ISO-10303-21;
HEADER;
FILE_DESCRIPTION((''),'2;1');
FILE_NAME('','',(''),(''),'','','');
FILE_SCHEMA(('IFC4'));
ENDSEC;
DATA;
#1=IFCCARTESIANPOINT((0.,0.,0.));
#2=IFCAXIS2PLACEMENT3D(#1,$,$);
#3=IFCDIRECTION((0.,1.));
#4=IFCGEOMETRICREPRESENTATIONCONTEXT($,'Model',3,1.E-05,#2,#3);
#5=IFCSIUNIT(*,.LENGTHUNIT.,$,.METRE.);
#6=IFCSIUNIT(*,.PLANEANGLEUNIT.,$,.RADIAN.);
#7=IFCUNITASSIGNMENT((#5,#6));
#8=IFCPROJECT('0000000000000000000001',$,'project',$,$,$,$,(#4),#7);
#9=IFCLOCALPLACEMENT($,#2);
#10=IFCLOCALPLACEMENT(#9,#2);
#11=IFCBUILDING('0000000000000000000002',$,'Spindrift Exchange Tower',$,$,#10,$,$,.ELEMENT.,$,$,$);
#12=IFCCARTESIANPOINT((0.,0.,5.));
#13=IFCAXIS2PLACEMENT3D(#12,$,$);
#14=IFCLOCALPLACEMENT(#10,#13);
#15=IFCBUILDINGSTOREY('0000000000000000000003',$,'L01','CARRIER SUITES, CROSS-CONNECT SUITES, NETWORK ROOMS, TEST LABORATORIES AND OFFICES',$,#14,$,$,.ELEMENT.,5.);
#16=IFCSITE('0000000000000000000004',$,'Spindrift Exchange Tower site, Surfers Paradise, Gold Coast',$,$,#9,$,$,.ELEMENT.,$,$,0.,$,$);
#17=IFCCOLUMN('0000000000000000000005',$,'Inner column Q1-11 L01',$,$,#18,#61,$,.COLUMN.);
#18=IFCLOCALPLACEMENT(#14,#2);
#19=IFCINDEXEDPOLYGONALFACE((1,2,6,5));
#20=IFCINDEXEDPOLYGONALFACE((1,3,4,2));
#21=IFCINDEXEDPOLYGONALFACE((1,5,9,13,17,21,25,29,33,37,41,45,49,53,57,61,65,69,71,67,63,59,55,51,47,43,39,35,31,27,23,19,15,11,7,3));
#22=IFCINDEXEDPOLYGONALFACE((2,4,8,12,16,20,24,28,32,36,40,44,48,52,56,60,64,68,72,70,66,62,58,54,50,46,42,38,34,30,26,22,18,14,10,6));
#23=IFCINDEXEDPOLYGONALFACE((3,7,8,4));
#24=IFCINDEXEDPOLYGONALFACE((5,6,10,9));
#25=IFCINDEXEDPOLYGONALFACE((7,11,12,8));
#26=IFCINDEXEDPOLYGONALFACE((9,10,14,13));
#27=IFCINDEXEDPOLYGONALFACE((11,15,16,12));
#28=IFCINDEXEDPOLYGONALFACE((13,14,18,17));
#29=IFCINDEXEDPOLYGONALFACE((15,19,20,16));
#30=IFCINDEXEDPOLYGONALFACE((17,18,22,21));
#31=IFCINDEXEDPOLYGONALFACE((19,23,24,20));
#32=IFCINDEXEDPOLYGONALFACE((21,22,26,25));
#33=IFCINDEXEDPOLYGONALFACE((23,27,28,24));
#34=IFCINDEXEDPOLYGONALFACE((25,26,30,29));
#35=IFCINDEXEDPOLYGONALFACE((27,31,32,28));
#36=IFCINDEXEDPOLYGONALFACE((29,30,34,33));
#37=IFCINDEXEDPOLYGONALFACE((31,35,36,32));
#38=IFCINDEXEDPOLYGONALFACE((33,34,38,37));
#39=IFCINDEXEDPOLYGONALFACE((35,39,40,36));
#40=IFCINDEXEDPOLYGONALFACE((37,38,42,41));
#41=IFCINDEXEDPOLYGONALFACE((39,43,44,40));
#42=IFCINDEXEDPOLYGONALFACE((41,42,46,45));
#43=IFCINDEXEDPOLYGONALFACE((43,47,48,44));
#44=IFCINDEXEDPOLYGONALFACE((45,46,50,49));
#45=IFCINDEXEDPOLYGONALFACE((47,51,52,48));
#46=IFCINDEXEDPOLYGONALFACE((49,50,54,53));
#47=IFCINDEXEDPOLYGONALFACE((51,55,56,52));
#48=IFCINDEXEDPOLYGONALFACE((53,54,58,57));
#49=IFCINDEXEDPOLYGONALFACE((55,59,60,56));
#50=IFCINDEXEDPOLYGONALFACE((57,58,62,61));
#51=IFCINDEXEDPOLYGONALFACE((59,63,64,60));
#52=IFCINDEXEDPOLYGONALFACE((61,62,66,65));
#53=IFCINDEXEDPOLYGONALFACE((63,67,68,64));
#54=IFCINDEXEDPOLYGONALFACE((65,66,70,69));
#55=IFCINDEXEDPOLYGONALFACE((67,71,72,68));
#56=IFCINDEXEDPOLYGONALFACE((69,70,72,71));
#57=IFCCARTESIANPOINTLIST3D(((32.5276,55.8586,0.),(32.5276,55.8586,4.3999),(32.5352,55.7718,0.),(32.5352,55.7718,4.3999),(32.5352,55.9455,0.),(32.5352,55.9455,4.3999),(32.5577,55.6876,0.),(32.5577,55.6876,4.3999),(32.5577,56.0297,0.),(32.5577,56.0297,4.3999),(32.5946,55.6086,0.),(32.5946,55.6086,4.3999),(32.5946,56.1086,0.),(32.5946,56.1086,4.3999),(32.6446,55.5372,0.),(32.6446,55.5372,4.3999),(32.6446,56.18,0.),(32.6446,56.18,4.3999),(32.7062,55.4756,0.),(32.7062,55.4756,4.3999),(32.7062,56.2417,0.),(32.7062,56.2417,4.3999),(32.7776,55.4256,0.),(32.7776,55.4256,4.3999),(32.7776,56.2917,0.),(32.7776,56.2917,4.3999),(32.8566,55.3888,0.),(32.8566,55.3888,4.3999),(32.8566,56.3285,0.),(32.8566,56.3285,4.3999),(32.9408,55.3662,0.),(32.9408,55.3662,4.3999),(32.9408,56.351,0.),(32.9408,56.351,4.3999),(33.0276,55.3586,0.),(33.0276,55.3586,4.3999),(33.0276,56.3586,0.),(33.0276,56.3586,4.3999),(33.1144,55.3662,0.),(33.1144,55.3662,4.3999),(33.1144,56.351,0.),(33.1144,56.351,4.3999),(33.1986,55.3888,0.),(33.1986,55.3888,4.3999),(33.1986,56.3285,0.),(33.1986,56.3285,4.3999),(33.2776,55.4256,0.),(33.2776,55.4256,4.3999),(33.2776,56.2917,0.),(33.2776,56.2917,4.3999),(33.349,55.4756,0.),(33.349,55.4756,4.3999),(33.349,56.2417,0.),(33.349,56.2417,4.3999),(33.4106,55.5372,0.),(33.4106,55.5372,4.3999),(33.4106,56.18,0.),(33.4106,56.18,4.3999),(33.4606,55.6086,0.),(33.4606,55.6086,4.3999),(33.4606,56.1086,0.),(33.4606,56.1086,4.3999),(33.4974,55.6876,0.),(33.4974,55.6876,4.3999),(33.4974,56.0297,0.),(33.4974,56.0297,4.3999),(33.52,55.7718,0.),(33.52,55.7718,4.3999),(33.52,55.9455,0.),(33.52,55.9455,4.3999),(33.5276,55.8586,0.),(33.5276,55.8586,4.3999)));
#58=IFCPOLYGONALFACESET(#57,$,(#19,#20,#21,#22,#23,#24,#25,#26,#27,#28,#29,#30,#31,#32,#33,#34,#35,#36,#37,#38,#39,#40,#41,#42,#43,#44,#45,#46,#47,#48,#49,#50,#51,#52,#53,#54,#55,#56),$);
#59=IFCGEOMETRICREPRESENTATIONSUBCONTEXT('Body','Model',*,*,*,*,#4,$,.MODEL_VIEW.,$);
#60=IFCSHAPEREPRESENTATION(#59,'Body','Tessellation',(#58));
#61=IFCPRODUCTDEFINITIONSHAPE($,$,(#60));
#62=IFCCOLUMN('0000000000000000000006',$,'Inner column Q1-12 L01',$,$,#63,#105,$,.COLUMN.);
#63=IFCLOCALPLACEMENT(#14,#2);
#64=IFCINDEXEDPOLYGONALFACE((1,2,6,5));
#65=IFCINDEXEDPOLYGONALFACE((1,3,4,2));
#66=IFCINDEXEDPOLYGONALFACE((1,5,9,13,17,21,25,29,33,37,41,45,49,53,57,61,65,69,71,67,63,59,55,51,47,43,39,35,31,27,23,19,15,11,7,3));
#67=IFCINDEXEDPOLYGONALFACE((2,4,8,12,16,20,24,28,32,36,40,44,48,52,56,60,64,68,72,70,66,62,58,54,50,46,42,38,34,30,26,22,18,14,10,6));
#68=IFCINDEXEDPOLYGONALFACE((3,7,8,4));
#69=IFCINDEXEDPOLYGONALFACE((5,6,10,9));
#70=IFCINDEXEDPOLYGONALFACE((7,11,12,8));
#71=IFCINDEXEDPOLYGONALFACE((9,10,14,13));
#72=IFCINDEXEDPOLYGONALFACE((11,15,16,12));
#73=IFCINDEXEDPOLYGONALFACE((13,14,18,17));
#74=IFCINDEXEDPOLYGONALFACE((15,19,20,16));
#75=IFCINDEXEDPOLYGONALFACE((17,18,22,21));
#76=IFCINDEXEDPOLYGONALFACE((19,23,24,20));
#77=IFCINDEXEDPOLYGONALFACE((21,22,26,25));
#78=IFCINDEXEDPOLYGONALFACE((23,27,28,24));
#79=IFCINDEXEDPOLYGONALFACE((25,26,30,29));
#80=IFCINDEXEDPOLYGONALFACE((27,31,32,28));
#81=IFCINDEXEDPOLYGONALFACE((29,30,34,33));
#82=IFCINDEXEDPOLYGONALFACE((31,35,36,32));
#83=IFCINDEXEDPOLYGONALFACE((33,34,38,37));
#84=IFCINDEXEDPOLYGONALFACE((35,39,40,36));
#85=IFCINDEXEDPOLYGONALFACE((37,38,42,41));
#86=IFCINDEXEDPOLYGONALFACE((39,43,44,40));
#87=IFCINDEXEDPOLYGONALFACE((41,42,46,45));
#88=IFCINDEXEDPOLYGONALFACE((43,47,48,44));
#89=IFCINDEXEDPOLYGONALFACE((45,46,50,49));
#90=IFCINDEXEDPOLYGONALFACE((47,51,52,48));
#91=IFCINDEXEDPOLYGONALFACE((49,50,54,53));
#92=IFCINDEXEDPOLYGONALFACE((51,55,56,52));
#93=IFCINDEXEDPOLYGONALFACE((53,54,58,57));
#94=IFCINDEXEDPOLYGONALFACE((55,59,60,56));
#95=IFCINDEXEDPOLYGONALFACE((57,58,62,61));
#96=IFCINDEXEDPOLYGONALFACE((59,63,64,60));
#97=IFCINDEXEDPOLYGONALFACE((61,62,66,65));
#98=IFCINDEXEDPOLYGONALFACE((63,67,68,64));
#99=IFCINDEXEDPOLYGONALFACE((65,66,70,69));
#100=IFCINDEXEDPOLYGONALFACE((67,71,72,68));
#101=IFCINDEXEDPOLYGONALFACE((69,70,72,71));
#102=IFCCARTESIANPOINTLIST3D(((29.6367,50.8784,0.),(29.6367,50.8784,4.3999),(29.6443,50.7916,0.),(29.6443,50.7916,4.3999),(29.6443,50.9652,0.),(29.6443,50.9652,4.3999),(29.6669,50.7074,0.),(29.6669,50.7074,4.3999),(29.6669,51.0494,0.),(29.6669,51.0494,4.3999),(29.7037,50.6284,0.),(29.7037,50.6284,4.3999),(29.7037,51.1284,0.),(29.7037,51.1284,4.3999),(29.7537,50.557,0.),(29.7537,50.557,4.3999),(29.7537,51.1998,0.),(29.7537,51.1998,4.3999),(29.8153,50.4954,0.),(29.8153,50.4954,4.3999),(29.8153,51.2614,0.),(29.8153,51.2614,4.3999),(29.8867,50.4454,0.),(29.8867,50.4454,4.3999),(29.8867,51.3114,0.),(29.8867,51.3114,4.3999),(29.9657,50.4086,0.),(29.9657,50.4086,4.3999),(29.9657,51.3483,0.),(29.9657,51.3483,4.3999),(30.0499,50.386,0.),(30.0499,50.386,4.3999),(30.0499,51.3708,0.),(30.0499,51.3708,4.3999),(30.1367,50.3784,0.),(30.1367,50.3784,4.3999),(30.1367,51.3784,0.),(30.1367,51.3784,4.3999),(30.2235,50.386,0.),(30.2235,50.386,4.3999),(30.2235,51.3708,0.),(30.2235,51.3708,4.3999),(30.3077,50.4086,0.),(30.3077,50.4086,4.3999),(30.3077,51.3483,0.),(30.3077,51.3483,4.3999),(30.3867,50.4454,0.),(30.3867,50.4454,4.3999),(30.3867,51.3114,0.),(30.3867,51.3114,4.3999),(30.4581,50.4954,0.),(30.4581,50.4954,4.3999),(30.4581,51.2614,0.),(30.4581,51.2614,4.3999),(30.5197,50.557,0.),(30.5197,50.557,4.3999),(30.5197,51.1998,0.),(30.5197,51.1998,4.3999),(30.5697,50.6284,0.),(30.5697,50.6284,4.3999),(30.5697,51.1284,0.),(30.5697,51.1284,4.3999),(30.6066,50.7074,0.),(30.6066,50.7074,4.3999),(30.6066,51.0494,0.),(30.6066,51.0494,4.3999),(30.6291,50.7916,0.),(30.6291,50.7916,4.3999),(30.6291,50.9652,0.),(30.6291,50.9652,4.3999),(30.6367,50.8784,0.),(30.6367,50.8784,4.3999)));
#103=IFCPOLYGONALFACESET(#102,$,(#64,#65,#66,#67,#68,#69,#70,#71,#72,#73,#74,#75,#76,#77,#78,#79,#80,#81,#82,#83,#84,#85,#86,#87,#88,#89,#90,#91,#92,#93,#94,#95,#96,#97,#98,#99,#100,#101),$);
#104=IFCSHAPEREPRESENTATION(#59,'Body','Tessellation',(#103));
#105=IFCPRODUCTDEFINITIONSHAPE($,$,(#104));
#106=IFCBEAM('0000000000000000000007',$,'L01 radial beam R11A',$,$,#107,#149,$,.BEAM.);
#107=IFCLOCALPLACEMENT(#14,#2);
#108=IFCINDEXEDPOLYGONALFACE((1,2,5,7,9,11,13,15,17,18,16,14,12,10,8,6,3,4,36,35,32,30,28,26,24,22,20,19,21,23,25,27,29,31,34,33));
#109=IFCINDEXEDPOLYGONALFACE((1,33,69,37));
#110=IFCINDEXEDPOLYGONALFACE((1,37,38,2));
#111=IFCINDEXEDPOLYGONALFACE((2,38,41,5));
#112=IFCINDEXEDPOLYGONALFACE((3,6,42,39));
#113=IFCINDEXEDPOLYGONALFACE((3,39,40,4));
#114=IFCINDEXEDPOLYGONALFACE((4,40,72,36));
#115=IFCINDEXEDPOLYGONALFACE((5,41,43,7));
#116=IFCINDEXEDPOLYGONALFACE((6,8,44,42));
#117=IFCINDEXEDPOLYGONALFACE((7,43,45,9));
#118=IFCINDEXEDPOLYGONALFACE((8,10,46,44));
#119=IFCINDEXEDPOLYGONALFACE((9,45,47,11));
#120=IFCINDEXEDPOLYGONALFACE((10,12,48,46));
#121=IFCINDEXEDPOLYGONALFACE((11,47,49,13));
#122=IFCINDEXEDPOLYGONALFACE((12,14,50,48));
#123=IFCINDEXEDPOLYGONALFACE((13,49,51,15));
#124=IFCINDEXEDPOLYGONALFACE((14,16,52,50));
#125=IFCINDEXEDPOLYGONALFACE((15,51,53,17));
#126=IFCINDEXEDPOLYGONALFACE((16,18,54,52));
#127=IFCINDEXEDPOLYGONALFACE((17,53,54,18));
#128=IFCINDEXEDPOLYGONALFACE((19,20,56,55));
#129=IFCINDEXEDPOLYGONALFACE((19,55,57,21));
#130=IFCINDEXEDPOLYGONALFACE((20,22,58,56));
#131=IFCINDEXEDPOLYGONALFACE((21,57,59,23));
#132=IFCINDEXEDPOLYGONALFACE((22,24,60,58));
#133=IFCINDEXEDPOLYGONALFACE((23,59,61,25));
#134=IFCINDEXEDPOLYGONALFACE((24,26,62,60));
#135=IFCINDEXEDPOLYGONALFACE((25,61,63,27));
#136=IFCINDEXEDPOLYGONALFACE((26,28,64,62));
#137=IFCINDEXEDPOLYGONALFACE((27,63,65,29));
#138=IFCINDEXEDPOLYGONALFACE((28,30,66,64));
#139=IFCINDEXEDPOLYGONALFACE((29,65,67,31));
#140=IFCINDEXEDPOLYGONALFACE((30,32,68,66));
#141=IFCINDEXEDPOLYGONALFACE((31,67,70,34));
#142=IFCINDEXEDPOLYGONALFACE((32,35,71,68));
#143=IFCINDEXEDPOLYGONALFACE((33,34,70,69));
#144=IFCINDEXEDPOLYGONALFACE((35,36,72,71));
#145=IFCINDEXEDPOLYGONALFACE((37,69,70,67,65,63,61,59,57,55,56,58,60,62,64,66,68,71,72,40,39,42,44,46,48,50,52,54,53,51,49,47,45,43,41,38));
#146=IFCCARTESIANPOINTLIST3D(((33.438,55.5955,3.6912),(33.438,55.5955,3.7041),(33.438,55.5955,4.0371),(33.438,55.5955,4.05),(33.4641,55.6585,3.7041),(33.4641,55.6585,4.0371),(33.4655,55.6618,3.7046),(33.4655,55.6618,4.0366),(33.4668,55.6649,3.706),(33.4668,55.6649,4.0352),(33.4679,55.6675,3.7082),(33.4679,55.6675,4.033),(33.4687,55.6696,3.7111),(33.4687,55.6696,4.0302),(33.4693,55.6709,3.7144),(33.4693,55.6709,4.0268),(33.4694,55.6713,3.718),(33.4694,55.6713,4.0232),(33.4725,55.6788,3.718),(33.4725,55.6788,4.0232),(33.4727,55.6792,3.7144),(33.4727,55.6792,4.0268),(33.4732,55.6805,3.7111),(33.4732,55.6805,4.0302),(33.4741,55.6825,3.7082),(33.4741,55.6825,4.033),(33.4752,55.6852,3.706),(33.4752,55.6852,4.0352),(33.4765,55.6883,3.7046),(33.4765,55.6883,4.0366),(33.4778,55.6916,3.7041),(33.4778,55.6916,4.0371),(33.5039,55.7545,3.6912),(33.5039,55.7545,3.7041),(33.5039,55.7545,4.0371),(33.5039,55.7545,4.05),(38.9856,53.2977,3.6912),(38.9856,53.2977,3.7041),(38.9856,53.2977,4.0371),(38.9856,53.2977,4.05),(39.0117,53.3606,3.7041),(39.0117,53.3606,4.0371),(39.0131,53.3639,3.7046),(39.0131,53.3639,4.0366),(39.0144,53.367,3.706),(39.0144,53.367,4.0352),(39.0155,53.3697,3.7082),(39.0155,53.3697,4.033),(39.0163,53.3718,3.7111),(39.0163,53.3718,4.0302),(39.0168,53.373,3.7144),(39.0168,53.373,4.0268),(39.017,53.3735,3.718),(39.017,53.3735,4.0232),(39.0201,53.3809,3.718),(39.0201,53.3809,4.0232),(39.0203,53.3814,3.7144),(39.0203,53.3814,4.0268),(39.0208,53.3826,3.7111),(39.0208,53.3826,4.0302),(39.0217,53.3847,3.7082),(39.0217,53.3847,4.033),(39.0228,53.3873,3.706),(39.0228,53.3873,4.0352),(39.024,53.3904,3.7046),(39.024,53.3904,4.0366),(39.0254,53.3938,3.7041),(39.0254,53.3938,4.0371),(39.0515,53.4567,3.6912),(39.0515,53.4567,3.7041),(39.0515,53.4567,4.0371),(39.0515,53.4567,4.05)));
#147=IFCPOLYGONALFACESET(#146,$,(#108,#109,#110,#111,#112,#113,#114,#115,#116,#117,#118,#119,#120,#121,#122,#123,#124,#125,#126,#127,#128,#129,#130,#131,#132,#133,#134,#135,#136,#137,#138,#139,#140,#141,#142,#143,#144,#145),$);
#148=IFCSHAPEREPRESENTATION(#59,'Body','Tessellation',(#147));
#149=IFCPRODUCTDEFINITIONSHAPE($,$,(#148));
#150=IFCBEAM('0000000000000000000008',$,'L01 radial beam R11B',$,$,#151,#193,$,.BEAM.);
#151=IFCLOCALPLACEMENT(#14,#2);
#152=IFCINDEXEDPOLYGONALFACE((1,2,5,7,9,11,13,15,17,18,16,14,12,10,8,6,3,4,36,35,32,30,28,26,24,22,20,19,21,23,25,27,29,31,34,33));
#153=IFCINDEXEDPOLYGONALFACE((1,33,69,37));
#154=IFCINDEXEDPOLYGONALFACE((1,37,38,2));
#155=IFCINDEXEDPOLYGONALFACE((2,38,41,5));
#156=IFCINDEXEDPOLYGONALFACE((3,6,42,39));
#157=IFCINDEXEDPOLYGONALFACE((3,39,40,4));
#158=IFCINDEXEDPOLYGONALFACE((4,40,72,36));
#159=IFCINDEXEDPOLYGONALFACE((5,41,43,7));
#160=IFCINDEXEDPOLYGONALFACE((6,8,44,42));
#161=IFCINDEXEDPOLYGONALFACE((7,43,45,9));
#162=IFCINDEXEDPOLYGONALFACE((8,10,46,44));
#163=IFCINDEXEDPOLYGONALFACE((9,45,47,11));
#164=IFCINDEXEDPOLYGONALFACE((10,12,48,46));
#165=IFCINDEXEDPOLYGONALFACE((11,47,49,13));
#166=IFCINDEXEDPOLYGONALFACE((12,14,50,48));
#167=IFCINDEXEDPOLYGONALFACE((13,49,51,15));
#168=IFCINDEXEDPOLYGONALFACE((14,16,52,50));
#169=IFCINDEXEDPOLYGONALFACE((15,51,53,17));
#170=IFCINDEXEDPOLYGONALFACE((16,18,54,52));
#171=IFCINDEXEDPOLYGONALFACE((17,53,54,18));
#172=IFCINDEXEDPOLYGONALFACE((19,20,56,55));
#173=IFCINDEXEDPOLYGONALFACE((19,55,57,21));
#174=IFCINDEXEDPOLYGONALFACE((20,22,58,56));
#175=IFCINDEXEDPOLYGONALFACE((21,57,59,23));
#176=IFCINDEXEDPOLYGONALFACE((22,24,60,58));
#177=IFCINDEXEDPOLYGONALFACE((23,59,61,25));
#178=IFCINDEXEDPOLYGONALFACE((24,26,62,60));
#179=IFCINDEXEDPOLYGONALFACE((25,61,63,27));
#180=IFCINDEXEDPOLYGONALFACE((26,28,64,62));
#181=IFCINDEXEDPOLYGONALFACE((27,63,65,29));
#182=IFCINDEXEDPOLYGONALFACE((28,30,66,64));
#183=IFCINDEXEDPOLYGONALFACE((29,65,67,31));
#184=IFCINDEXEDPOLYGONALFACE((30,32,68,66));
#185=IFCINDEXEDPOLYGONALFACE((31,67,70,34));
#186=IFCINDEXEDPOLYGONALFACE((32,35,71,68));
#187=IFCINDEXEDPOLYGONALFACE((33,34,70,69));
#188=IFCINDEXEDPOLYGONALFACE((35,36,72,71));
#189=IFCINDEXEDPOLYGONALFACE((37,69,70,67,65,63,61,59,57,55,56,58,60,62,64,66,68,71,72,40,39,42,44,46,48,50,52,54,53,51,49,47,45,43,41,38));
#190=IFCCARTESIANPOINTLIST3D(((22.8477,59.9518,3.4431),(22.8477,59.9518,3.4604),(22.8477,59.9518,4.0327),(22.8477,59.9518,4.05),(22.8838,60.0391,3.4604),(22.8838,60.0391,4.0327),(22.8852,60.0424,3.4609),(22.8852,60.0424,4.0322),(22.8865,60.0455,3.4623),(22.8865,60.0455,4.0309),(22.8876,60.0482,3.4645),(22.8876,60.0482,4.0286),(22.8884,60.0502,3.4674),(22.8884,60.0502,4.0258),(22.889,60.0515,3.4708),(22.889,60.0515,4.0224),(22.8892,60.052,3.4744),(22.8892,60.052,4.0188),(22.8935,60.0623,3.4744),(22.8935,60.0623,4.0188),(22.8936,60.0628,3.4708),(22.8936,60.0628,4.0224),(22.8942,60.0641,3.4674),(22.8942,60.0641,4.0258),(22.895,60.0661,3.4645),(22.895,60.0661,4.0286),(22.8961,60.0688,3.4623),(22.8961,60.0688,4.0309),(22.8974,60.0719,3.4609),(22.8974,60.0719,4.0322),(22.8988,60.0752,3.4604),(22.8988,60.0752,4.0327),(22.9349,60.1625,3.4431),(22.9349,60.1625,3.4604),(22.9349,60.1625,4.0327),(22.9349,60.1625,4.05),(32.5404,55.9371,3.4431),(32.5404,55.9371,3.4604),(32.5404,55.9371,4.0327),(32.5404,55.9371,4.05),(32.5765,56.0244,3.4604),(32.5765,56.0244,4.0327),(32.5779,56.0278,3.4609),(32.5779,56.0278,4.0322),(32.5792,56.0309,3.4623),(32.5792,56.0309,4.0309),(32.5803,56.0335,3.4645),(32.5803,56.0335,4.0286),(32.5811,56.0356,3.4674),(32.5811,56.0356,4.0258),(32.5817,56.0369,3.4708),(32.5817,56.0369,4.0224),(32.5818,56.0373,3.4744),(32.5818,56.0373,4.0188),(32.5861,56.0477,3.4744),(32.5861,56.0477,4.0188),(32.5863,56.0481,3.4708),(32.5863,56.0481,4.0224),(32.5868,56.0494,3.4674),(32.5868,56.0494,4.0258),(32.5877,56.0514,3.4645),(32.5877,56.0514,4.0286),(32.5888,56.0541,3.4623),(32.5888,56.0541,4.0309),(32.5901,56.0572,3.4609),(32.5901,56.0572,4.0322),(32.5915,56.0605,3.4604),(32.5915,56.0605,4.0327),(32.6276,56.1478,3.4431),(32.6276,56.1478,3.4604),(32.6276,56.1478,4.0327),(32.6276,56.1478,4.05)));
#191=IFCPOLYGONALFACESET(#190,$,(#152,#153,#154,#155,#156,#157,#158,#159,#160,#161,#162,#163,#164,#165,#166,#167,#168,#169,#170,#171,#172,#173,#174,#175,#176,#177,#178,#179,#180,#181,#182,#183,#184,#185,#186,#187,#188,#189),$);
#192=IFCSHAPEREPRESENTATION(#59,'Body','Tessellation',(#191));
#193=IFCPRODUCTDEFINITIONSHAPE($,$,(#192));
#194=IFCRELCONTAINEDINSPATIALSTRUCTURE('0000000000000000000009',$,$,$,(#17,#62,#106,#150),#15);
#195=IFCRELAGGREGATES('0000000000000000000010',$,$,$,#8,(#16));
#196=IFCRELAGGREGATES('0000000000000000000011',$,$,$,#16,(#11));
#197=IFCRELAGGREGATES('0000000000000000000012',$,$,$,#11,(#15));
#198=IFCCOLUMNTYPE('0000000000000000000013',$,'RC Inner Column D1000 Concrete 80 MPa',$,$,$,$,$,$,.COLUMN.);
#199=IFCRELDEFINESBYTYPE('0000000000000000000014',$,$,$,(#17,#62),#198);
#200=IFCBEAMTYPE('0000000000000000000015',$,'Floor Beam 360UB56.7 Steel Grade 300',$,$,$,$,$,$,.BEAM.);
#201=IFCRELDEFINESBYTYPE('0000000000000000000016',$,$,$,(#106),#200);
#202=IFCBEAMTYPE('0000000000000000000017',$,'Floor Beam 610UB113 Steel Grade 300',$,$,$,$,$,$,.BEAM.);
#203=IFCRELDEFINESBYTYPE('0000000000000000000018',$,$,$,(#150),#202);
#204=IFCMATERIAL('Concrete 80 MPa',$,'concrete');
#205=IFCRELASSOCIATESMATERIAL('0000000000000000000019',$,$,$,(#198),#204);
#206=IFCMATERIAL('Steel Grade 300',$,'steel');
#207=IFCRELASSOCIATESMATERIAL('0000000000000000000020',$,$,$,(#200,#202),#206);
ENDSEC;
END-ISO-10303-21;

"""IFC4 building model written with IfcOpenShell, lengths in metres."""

from ifc_helpers import new_model, si_unit, direction, frame, origin, origin_2d, place, context, subcontext, project, spatial, circle, i_section, extrude, source, transform, mapped, material, material_profile, profile_set, type_object, element, save


model = new_model("IFC4")

# Units and contexts
model_context = context("Model", 3, precision=1e-05, world=origin(), true_north=direction((0.0, 1.0)))
body_context = subcontext(model_context, "Body", "Model", "MODEL_VIEW")
ifc_project = project(units=[si_unit("LENGTHUNIT", "METRE"), si_unit("PLANEANGLEUNIT", "RADIAN")], contexts=[model_context])

# Site, building, storey
site_placement = place(None, origin())
site = spatial("IfcSite", under=ifc_project, at=site_placement, Name="Spindrift Exchange Tower site, Surfers Paradise, Gold Coast", CompositionType="ELEMENT", RefElevation=0.0)
building_placement = place(site_placement, origin())
building = spatial("IfcBuilding", under=site, at=building_placement, Name="Spindrift Exchange Tower", CompositionType="ELEMENT")
storey_placement = place(building_placement, frame((0.0, 0.0, 5.0)))
storey = spatial("IfcBuildingStorey", under=building, at=storey_placement, Name="L01", Description="CARRIER SUITES, CROSS-CONNECT SUITES, NETWORK ROOMS, TEST LABORATORIES AND OFFICES", CompositionType="ELEMENT", Elevation=5.0)

# Columns
ifc_material_1 = material(Name="Concrete 80 MPa", Category="concrete")
ifc_material_profile_1 = material_profile(ifc_material_1, circle(Radius=0.5, at=origin_2d()), Name="RC D1000")
ifc_profile_set_1 = profile_set([ifc_material_profile_1], Name="Concrete 80 MPa")
column_type = type_object("IfcColumnType", Name="RC Inner Column D1000 Concrete 80 MPa", PredefinedType="COLUMN", material=ifc_profile_set_1)
shared_shape_1 = source(origin(), body_context, "Body", "SweptSolid", [
    extrude(circle(Radius=0.5, at=origin_2d()), origin(), (0.0, 0.0, 1.0), 4.3999),
])
for number, where, z_axis, x_axis, name in (
    (1, (33.0276, 55.8586, 0.0), (0.0, 0.0, 1.0), (1.0, 0.0, 0.0), "Inner column Q1-11 L01"),
    (2, (30.1367, 50.8784, 0.0), (0.0, 0.0, 1.0), (1.0, 0.0, 0.0), "Inner column Q1-12 L01"),
):
    element("IfcColumn", number, at=place(storey_placement, frame(where, z_axis=z_axis, x_axis=x_axis)), inside=storey, type_object=column_type, Name=name, PredefinedType="COLUMN", context=body_context, shape_type="MappedRepresentation", body=[
        mapped(shared_shape_1, transform((0.0, 0.0, 0.0), scale=1.0)),
    ])

# Beams
ifc_material_2 = material(Name="Steel Grade 300", Category="steel")
ifc_material_profile_2 = material_profile(ifc_material_2, i_section(OverallWidth=0.1721, OverallDepth=0.3589, WebThickness=0.0081, FlangeThickness=0.0129, FilletRadius=0.0139, at=origin_2d()), Name="360UB56.7")
ifc_profile_set_2 = profile_set([ifc_material_profile_2], Name="Steel Grade 300")
beam_type_1 = type_object("IfcBeamType", Name="Floor Beam 360UB56.7 Steel Grade 300", PredefinedType="BEAM", material=ifc_profile_set_2)
shared_shape_2 = source(origin(), body_context, "Body", "SweptSolid", [
    extrude(i_section(OverallWidth=0.1721, OverallDepth=0.3589, WebThickness=0.0081, FlangeThickness=0.0129, FilletRadius=0.0139, at=origin_2d()), origin(), (0.0, 0.0, 1.0), 6.0046),
])
beam_1_placement = place(storey_placement, frame((39.0186, 53.3772, 3.8706), z_axis=(-0.923882, 0.382677, 0.0), x_axis=(-0.382677, -0.923882, 0.0)))
element("IfcBeam", 3, at=beam_1_placement, inside=storey, type_object=beam_type_1, Name="L01 radial beam R11A", PredefinedType="BEAM", context=body_context, shape_type="MappedRepresentation", body=[
    mapped(shared_shape_2, transform((0.0, 0.0, 0.0), scale=1.0)),
])
ifc_material_profile_3 = material_profile(ifc_material_2, i_section(OverallWidth=0.228, OverallDepth=0.6069, WebThickness=0.0112, FlangeThickness=0.0173, FilletRadius=0.0139, at=origin_2d()), Name="610UB113")
ifc_profile_set_3 = profile_set([ifc_material_profile_3], Name="Steel Grade 300")
beam_type_2 = type_object("IfcBeamType", Name="Floor Beam 610UB113 Steel Grade 300", PredefinedType="BEAM", material=ifc_profile_set_3)
shared_shape_3 = source(origin(), body_context, "Body", "SweptSolid", [
    extrude(i_section(OverallWidth=0.228, OverallDepth=0.6069, WebThickness=0.0112, FlangeThickness=0.0173, FilletRadius=0.0139, at=origin_2d()), origin(), (0.0, 0.0, 1.0), 10.4912),
])
beam_2_placement = place(storey_placement, frame((32.584, 56.0425, 3.7466), z_axis=(-0.923885, 0.38267, 0.0), x_axis=(-0.38267, -0.923885, 0.0)))
element("IfcBeam", 4, at=beam_2_placement, inside=storey, type_object=beam_type_2, Name="L01 radial beam R11B", PredefinedType="BEAM", context=body_context, shape_type="MappedRepresentation", body=[
    mapped(shared_shape_3, transform((0.0, 0.0, 0.0), scale=1.0)),
])

save(model, "model.ifc")
